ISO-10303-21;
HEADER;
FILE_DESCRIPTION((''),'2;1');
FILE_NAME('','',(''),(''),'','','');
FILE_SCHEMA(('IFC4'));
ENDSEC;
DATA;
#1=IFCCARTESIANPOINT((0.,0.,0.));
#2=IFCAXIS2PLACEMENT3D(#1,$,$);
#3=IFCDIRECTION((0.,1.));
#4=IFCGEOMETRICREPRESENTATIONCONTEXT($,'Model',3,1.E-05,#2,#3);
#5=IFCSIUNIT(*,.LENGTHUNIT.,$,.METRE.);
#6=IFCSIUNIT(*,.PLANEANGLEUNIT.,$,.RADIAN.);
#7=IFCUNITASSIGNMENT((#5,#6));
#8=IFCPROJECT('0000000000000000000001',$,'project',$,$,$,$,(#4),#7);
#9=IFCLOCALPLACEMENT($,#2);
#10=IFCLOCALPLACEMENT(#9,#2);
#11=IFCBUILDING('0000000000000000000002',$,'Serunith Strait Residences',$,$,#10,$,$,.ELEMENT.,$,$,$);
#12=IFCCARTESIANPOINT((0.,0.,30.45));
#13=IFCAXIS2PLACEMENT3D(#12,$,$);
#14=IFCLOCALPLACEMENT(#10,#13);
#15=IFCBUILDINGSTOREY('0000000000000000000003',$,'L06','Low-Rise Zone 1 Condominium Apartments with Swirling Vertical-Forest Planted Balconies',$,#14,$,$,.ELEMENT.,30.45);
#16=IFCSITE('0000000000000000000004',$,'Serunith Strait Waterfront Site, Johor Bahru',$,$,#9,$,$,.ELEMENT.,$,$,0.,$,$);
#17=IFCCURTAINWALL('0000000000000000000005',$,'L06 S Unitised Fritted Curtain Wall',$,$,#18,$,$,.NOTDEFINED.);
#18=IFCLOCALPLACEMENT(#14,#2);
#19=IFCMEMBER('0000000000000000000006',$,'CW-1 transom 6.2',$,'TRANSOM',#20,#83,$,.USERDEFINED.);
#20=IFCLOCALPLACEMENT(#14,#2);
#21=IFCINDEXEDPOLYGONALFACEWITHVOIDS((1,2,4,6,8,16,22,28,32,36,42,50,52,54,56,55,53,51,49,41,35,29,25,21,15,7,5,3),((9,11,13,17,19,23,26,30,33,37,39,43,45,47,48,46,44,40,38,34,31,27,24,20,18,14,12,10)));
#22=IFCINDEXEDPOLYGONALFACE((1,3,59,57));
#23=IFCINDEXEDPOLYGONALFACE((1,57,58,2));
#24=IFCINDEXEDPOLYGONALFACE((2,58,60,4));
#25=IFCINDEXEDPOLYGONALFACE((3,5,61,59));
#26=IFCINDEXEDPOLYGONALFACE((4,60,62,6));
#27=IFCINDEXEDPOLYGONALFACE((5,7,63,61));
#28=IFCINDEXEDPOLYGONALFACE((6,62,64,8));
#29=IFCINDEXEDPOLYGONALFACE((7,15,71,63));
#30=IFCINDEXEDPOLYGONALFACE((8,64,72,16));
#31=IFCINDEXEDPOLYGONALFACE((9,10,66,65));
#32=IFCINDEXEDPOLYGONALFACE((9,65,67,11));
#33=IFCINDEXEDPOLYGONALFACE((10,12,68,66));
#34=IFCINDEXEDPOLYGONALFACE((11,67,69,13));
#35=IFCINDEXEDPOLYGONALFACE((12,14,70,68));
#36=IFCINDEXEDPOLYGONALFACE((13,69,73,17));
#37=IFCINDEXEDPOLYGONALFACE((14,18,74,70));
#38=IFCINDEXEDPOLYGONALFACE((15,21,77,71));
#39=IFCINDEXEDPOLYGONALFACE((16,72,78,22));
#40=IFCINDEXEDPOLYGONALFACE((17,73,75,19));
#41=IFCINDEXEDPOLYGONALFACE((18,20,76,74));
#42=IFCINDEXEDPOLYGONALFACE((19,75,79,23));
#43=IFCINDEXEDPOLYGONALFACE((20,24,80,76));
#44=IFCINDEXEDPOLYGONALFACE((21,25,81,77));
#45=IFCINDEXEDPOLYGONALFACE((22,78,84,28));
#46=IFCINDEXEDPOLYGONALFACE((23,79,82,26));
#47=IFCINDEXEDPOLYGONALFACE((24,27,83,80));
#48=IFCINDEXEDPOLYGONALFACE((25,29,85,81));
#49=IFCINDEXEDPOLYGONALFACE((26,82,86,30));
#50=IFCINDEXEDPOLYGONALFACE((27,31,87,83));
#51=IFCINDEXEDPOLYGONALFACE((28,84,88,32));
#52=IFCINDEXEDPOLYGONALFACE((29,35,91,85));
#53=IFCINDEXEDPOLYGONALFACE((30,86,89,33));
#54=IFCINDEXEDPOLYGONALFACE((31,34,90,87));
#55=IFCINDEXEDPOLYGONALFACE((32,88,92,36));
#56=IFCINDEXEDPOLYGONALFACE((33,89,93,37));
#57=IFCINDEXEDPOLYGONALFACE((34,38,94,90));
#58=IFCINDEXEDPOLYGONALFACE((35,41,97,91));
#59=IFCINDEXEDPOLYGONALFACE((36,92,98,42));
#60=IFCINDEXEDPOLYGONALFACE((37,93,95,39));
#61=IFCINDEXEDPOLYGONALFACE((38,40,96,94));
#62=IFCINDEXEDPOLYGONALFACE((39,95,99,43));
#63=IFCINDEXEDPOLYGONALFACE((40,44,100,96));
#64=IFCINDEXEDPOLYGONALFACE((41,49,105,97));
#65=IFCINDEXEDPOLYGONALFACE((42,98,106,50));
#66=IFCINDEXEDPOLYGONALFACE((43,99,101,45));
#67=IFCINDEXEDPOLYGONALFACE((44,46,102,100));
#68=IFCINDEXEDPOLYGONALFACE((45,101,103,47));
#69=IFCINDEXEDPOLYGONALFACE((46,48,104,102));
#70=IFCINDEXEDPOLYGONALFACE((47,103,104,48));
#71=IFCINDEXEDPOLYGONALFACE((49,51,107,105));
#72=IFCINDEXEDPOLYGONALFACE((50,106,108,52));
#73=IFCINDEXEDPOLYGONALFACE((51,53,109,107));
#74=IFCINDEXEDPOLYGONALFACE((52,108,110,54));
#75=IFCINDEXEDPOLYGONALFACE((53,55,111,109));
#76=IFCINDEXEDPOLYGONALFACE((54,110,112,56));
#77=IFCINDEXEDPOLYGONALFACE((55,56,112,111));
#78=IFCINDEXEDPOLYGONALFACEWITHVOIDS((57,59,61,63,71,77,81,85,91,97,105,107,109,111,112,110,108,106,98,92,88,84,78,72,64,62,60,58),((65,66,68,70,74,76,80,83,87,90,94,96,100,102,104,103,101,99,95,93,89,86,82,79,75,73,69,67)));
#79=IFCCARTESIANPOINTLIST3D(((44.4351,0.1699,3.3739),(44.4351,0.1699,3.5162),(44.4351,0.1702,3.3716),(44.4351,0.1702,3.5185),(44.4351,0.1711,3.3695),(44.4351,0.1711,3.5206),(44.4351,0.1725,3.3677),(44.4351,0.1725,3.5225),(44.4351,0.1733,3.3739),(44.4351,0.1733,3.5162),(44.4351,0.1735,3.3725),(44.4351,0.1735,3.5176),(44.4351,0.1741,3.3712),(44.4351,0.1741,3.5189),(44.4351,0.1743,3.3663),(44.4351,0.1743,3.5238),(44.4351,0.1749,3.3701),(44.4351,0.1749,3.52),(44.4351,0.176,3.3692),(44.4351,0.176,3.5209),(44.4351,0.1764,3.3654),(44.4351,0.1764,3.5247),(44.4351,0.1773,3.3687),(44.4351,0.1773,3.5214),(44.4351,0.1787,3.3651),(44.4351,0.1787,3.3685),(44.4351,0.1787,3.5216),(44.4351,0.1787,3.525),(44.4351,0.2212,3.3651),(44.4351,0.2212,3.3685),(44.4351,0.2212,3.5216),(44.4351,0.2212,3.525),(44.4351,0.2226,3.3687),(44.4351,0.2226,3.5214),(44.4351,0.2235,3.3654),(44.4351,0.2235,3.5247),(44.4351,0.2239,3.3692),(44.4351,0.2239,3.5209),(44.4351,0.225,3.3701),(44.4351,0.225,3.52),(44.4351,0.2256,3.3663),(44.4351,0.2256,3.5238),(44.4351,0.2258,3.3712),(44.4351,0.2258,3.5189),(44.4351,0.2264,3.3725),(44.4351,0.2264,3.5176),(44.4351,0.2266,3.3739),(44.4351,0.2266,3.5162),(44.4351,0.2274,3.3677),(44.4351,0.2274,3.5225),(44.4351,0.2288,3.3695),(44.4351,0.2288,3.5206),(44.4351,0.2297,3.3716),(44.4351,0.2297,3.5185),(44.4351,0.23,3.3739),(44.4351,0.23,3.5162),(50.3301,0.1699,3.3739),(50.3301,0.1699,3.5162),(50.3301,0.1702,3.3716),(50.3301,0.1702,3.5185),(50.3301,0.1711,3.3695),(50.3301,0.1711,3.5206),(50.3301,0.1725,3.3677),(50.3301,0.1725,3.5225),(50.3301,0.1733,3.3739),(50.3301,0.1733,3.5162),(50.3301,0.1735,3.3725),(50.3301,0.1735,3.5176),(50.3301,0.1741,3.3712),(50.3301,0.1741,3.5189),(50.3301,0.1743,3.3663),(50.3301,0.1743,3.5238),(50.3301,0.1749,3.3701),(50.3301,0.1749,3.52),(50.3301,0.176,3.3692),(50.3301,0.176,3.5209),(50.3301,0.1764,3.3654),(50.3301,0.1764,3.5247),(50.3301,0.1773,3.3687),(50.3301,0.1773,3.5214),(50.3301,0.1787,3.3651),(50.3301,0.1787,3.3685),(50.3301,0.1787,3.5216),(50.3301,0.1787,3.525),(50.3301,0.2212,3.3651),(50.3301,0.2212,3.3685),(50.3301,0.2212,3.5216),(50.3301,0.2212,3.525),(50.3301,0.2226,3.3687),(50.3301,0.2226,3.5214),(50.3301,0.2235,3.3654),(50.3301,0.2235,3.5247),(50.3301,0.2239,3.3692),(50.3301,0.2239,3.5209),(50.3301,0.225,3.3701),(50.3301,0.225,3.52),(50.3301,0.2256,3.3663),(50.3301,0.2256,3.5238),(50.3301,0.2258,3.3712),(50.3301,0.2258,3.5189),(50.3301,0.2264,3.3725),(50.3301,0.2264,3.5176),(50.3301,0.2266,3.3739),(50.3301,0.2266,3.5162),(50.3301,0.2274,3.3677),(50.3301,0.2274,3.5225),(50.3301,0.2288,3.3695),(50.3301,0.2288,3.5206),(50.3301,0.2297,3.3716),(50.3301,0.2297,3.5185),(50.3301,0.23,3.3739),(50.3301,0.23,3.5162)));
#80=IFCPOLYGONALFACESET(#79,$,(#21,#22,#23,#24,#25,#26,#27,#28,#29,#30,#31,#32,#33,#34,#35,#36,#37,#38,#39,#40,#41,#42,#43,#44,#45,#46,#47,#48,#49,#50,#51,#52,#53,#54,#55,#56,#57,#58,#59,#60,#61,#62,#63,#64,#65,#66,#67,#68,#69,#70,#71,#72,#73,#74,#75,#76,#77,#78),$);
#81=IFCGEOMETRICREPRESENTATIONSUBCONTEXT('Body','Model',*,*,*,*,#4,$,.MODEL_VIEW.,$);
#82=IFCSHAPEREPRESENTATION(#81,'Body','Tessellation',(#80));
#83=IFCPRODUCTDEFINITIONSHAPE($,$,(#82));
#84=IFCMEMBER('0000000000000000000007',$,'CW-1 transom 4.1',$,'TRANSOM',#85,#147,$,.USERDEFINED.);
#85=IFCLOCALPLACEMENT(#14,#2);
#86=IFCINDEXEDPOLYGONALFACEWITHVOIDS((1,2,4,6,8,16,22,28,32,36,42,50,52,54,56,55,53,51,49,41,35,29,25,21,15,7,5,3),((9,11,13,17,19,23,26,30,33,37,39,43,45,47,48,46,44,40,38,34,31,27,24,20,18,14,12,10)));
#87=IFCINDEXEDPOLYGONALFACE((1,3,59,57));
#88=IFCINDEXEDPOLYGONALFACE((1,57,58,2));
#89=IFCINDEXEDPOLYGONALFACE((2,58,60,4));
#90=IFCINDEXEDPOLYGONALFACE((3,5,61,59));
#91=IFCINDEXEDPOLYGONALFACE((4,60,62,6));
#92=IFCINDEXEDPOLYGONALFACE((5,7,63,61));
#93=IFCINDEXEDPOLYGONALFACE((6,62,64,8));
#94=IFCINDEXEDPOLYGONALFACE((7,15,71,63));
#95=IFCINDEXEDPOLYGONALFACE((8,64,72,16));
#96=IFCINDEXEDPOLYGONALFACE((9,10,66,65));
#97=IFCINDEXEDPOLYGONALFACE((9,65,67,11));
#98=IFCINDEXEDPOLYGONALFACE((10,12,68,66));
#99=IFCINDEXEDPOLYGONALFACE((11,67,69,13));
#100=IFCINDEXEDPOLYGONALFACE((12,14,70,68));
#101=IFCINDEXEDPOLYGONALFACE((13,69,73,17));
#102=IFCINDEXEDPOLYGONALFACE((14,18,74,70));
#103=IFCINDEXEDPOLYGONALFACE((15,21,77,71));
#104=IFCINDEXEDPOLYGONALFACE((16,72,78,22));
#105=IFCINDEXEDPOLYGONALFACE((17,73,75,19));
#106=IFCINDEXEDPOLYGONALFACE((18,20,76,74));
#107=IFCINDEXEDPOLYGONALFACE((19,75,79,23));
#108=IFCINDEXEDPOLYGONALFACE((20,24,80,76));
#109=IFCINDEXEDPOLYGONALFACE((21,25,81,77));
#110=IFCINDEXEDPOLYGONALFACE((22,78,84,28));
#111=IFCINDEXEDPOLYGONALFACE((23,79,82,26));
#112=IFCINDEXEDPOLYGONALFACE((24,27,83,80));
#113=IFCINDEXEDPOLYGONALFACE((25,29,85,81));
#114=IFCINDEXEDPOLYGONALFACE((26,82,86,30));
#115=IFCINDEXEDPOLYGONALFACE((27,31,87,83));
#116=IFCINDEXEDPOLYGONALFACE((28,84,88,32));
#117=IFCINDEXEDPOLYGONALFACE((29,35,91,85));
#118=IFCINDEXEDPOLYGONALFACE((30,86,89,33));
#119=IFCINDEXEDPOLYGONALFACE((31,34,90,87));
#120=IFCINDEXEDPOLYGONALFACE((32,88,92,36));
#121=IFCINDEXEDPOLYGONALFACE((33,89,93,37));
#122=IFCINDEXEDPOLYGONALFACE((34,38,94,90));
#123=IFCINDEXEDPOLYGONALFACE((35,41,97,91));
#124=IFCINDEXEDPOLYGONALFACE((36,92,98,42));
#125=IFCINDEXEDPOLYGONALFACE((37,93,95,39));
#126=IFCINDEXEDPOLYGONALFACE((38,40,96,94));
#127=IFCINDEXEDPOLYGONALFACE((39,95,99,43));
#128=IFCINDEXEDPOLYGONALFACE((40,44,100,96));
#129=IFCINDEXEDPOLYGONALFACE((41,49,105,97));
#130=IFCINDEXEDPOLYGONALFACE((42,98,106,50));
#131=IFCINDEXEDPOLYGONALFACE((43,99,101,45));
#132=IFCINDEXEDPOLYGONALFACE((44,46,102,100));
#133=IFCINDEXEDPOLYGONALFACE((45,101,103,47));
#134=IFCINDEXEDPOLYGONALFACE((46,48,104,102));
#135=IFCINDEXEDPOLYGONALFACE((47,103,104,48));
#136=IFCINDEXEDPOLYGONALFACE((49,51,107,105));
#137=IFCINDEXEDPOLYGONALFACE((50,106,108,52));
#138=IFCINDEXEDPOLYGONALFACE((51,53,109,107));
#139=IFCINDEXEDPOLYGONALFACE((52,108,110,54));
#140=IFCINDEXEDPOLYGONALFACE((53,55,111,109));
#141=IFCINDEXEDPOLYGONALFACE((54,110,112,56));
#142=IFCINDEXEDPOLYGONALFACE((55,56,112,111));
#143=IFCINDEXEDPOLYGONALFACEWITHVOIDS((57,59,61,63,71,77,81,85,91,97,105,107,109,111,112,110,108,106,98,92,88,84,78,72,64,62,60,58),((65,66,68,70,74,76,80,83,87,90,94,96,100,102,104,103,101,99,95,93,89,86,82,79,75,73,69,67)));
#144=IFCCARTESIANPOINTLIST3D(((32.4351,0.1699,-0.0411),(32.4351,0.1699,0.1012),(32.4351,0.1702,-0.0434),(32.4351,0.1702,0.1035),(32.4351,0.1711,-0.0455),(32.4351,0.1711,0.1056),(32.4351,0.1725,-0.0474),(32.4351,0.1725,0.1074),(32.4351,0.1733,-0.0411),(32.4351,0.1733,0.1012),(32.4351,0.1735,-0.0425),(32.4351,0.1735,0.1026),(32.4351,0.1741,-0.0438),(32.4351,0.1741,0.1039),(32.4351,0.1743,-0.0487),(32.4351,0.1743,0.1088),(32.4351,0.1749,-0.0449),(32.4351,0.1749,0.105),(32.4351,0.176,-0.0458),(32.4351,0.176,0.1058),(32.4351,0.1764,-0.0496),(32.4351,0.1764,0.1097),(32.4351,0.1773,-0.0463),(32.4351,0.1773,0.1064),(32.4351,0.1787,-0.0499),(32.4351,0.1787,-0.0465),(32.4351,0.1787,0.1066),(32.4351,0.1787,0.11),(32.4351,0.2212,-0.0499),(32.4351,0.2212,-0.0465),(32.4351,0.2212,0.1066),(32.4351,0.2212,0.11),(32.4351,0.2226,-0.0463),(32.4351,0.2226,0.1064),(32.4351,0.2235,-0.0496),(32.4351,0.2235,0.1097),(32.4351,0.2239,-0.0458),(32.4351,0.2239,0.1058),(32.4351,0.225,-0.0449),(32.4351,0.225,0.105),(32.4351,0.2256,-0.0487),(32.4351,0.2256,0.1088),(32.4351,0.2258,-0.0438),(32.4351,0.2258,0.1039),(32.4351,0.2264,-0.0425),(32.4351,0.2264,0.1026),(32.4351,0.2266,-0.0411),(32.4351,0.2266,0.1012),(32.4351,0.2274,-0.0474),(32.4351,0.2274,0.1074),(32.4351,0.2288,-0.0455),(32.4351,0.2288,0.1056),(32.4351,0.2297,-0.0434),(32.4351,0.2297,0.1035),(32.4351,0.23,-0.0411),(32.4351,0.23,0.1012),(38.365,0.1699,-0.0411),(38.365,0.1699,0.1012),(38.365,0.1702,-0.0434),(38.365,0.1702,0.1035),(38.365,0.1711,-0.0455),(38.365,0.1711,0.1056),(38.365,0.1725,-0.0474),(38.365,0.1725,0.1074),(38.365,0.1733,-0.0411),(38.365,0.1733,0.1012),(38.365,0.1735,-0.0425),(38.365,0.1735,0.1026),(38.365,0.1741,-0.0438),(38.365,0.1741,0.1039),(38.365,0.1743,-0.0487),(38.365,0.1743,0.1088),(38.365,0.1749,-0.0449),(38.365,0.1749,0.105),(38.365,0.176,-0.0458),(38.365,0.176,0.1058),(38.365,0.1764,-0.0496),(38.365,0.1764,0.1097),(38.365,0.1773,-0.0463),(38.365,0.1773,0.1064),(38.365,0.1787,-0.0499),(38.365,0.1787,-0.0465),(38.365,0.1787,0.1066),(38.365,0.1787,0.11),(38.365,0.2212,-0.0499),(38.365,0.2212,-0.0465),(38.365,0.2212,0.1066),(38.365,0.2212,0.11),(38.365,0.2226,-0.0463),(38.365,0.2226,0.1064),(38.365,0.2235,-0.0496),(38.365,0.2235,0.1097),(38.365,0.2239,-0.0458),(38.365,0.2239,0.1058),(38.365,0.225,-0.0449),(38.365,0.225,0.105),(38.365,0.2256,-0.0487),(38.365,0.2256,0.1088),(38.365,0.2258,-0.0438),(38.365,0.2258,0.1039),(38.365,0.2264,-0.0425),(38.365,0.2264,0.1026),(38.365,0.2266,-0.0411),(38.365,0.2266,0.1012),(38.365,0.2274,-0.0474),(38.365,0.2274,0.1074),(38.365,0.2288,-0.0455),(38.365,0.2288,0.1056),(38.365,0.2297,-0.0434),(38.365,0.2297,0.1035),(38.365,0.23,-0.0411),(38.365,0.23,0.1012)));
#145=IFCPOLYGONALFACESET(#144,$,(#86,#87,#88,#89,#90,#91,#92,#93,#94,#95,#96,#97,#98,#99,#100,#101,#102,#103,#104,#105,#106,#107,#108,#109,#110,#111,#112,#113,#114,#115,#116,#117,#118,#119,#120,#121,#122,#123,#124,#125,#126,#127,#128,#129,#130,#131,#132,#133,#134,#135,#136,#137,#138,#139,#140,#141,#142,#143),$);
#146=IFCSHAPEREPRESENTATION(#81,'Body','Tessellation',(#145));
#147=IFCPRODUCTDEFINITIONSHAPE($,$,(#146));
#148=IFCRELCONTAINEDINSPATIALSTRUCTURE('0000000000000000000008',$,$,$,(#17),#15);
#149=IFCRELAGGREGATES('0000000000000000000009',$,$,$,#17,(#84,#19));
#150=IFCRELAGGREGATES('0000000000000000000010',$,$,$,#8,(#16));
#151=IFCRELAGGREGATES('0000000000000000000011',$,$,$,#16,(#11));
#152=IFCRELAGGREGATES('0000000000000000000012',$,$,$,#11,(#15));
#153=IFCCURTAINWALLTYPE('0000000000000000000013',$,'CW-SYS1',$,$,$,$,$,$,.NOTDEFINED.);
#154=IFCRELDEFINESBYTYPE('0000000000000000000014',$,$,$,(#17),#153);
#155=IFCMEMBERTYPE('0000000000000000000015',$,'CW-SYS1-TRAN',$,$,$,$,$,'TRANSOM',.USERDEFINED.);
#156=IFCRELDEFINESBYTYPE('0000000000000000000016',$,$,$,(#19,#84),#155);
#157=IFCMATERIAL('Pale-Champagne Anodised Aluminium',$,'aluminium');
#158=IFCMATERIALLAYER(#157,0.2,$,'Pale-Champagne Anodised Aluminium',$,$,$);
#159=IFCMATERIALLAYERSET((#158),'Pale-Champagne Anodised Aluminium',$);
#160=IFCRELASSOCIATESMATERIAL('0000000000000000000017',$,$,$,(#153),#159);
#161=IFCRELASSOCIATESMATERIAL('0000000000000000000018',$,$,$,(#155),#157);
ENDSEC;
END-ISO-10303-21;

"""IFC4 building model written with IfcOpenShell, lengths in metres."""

from ifc_helpers import new_model, si_unit, direction, frame, origin, origin_2d, place, context, subcontext, project, spatial, hollow_rectangle, extrude, source, transform, mapped, material, layer, layer_set, material_profile, profile_set, type_object, element, aggregate, save


model = new_model("IFC4")

# Units and contexts
model_context = context("Model", 3, precision=1e-05, world=origin(), true_north=direction((0.0, 1.0)))
body_context = subcontext(model_context, "Body", "Model", "MODEL_VIEW")
ifc_project = project(units=[si_unit("LENGTHUNIT", "METRE"), si_unit("PLANEANGLEUNIT", "RADIAN")], contexts=[model_context])

# Site, building, storey
site_placement = place(None, origin())
site = spatial("IfcSite", under=ifc_project, at=site_placement, Name="Serunith Strait Waterfront Site, Johor Bahru", CompositionType="ELEMENT", RefElevation=0.0)
building_placement = place(site_placement, origin())
building = spatial("IfcBuilding", under=site, at=building_placement, Name="Serunith Strait Residences", CompositionType="ELEMENT")
storey_placement = place(building_placement, frame((0.0, 0.0, 30.45)))
storey = spatial("IfcBuildingStorey", under=building, at=storey_placement, Name="L06", Description="Low-Rise Zone 1 Condominium Apartments with Swirling Vertical-Forest Planted Balconies", CompositionType="ELEMENT", Elevation=30.45)

# Curtain wall, members
ifc_material_1 = material(Name="Pale-Champagne Anodised Aluminium", Category="aluminium")
ifc_layer_1 = layer(ifc_material_1, 0.2, Name="Pale-Champagne Anodised Aluminium")
ifc_layer_set_1 = layer_set([ifc_layer_1], Name="Pale-Champagne Anodised Aluminium")
curtain_wall_type = type_object("IfcCurtainWallType", Name="CW-SYS1", PredefinedType="NOTDEFINED", material=ifc_layer_set_1)
curtain_wall_placement = place(storey_placement, origin())
curtain_wall = element("IfcCurtainWall", 1, at=curtain_wall_placement, inside=storey, type_object=curtain_wall_type, Name="L06 S Unitised Fritted Curtain Wall", PredefinedType="NOTDEFINED")
ifc_material_profile_1 = material_profile(ifc_material_1, hollow_rectangle(XDim=0.0601, YDim=0.1599, WallThickness=0.0034, InnerFilletRadius=0.0054, OuterFilletRadius=0.0088, at=origin_2d()), Name="ALU 160x60x3.5")
ifc_profile_set_1 = profile_set([ifc_material_profile_1], Name="Pale-Champagne Anodised Aluminium")
member_type_1 = type_object("IfcMemberType", Name="CW-SYS1-TRAN", ElementType="TRANSOM", PredefinedType="USERDEFINED", material=ifc_profile_set_1)
shared_shape_1 = source(origin(), body_context, "Body", "SweptSolid", [
    extrude(hollow_rectangle(XDim=0.0601, YDim=0.1599, WallThickness=0.0034, InnerFilletRadius=0.0054, OuterFilletRadius=0.0088, at=origin_2d()), origin(), (0.0, 0.0, 1.0), 5.895),
])
member_1_placement = place(storey_placement, frame((44.4351, 0.2, 3.4451), z_axis=(1.0, 0.0, 0.0), x_axis=(0.0, 1.0, 0.0)))
member_1 = element("IfcMember", 2, at=member_1_placement, type_object=member_type_1, Name="CW-1 transom 6.2", ObjectType="TRANSOM", PredefinedType="USERDEFINED", context=body_context, shape_type="MappedRepresentation", body=[
    mapped(shared_shape_1, transform((0.0, 0.0, 0.0), scale=1.0)),
])
shared_shape_2 = source(origin(), body_context, "Body", "SweptSolid", [
    extrude(hollow_rectangle(XDim=0.0601, YDim=0.1599, WallThickness=0.0034, InnerFilletRadius=0.0054, OuterFilletRadius=0.0088, at=origin_2d()), origin(), (0.0, 0.0, 1.0), 5.9299),
])
member_2_placement = place(storey_placement, frame((32.4351, 0.2, 0.03), z_axis=(1.0, 0.0, 0.0), x_axis=(0.0, 1.0, 0.0)))
member_2 = element("IfcMember", 3, at=member_2_placement, type_object=member_type_1, Name="CW-1 transom 4.1", ObjectType="TRANSOM", PredefinedType="USERDEFINED", context=body_context, shape_type="MappedRepresentation", body=[
    mapped(shared_shape_2, transform((0.0, 0.0, 0.0), scale=1.0)),
])
aggregate(curtain_wall, [member_2, member_1])

save(model, "model.ifc")
